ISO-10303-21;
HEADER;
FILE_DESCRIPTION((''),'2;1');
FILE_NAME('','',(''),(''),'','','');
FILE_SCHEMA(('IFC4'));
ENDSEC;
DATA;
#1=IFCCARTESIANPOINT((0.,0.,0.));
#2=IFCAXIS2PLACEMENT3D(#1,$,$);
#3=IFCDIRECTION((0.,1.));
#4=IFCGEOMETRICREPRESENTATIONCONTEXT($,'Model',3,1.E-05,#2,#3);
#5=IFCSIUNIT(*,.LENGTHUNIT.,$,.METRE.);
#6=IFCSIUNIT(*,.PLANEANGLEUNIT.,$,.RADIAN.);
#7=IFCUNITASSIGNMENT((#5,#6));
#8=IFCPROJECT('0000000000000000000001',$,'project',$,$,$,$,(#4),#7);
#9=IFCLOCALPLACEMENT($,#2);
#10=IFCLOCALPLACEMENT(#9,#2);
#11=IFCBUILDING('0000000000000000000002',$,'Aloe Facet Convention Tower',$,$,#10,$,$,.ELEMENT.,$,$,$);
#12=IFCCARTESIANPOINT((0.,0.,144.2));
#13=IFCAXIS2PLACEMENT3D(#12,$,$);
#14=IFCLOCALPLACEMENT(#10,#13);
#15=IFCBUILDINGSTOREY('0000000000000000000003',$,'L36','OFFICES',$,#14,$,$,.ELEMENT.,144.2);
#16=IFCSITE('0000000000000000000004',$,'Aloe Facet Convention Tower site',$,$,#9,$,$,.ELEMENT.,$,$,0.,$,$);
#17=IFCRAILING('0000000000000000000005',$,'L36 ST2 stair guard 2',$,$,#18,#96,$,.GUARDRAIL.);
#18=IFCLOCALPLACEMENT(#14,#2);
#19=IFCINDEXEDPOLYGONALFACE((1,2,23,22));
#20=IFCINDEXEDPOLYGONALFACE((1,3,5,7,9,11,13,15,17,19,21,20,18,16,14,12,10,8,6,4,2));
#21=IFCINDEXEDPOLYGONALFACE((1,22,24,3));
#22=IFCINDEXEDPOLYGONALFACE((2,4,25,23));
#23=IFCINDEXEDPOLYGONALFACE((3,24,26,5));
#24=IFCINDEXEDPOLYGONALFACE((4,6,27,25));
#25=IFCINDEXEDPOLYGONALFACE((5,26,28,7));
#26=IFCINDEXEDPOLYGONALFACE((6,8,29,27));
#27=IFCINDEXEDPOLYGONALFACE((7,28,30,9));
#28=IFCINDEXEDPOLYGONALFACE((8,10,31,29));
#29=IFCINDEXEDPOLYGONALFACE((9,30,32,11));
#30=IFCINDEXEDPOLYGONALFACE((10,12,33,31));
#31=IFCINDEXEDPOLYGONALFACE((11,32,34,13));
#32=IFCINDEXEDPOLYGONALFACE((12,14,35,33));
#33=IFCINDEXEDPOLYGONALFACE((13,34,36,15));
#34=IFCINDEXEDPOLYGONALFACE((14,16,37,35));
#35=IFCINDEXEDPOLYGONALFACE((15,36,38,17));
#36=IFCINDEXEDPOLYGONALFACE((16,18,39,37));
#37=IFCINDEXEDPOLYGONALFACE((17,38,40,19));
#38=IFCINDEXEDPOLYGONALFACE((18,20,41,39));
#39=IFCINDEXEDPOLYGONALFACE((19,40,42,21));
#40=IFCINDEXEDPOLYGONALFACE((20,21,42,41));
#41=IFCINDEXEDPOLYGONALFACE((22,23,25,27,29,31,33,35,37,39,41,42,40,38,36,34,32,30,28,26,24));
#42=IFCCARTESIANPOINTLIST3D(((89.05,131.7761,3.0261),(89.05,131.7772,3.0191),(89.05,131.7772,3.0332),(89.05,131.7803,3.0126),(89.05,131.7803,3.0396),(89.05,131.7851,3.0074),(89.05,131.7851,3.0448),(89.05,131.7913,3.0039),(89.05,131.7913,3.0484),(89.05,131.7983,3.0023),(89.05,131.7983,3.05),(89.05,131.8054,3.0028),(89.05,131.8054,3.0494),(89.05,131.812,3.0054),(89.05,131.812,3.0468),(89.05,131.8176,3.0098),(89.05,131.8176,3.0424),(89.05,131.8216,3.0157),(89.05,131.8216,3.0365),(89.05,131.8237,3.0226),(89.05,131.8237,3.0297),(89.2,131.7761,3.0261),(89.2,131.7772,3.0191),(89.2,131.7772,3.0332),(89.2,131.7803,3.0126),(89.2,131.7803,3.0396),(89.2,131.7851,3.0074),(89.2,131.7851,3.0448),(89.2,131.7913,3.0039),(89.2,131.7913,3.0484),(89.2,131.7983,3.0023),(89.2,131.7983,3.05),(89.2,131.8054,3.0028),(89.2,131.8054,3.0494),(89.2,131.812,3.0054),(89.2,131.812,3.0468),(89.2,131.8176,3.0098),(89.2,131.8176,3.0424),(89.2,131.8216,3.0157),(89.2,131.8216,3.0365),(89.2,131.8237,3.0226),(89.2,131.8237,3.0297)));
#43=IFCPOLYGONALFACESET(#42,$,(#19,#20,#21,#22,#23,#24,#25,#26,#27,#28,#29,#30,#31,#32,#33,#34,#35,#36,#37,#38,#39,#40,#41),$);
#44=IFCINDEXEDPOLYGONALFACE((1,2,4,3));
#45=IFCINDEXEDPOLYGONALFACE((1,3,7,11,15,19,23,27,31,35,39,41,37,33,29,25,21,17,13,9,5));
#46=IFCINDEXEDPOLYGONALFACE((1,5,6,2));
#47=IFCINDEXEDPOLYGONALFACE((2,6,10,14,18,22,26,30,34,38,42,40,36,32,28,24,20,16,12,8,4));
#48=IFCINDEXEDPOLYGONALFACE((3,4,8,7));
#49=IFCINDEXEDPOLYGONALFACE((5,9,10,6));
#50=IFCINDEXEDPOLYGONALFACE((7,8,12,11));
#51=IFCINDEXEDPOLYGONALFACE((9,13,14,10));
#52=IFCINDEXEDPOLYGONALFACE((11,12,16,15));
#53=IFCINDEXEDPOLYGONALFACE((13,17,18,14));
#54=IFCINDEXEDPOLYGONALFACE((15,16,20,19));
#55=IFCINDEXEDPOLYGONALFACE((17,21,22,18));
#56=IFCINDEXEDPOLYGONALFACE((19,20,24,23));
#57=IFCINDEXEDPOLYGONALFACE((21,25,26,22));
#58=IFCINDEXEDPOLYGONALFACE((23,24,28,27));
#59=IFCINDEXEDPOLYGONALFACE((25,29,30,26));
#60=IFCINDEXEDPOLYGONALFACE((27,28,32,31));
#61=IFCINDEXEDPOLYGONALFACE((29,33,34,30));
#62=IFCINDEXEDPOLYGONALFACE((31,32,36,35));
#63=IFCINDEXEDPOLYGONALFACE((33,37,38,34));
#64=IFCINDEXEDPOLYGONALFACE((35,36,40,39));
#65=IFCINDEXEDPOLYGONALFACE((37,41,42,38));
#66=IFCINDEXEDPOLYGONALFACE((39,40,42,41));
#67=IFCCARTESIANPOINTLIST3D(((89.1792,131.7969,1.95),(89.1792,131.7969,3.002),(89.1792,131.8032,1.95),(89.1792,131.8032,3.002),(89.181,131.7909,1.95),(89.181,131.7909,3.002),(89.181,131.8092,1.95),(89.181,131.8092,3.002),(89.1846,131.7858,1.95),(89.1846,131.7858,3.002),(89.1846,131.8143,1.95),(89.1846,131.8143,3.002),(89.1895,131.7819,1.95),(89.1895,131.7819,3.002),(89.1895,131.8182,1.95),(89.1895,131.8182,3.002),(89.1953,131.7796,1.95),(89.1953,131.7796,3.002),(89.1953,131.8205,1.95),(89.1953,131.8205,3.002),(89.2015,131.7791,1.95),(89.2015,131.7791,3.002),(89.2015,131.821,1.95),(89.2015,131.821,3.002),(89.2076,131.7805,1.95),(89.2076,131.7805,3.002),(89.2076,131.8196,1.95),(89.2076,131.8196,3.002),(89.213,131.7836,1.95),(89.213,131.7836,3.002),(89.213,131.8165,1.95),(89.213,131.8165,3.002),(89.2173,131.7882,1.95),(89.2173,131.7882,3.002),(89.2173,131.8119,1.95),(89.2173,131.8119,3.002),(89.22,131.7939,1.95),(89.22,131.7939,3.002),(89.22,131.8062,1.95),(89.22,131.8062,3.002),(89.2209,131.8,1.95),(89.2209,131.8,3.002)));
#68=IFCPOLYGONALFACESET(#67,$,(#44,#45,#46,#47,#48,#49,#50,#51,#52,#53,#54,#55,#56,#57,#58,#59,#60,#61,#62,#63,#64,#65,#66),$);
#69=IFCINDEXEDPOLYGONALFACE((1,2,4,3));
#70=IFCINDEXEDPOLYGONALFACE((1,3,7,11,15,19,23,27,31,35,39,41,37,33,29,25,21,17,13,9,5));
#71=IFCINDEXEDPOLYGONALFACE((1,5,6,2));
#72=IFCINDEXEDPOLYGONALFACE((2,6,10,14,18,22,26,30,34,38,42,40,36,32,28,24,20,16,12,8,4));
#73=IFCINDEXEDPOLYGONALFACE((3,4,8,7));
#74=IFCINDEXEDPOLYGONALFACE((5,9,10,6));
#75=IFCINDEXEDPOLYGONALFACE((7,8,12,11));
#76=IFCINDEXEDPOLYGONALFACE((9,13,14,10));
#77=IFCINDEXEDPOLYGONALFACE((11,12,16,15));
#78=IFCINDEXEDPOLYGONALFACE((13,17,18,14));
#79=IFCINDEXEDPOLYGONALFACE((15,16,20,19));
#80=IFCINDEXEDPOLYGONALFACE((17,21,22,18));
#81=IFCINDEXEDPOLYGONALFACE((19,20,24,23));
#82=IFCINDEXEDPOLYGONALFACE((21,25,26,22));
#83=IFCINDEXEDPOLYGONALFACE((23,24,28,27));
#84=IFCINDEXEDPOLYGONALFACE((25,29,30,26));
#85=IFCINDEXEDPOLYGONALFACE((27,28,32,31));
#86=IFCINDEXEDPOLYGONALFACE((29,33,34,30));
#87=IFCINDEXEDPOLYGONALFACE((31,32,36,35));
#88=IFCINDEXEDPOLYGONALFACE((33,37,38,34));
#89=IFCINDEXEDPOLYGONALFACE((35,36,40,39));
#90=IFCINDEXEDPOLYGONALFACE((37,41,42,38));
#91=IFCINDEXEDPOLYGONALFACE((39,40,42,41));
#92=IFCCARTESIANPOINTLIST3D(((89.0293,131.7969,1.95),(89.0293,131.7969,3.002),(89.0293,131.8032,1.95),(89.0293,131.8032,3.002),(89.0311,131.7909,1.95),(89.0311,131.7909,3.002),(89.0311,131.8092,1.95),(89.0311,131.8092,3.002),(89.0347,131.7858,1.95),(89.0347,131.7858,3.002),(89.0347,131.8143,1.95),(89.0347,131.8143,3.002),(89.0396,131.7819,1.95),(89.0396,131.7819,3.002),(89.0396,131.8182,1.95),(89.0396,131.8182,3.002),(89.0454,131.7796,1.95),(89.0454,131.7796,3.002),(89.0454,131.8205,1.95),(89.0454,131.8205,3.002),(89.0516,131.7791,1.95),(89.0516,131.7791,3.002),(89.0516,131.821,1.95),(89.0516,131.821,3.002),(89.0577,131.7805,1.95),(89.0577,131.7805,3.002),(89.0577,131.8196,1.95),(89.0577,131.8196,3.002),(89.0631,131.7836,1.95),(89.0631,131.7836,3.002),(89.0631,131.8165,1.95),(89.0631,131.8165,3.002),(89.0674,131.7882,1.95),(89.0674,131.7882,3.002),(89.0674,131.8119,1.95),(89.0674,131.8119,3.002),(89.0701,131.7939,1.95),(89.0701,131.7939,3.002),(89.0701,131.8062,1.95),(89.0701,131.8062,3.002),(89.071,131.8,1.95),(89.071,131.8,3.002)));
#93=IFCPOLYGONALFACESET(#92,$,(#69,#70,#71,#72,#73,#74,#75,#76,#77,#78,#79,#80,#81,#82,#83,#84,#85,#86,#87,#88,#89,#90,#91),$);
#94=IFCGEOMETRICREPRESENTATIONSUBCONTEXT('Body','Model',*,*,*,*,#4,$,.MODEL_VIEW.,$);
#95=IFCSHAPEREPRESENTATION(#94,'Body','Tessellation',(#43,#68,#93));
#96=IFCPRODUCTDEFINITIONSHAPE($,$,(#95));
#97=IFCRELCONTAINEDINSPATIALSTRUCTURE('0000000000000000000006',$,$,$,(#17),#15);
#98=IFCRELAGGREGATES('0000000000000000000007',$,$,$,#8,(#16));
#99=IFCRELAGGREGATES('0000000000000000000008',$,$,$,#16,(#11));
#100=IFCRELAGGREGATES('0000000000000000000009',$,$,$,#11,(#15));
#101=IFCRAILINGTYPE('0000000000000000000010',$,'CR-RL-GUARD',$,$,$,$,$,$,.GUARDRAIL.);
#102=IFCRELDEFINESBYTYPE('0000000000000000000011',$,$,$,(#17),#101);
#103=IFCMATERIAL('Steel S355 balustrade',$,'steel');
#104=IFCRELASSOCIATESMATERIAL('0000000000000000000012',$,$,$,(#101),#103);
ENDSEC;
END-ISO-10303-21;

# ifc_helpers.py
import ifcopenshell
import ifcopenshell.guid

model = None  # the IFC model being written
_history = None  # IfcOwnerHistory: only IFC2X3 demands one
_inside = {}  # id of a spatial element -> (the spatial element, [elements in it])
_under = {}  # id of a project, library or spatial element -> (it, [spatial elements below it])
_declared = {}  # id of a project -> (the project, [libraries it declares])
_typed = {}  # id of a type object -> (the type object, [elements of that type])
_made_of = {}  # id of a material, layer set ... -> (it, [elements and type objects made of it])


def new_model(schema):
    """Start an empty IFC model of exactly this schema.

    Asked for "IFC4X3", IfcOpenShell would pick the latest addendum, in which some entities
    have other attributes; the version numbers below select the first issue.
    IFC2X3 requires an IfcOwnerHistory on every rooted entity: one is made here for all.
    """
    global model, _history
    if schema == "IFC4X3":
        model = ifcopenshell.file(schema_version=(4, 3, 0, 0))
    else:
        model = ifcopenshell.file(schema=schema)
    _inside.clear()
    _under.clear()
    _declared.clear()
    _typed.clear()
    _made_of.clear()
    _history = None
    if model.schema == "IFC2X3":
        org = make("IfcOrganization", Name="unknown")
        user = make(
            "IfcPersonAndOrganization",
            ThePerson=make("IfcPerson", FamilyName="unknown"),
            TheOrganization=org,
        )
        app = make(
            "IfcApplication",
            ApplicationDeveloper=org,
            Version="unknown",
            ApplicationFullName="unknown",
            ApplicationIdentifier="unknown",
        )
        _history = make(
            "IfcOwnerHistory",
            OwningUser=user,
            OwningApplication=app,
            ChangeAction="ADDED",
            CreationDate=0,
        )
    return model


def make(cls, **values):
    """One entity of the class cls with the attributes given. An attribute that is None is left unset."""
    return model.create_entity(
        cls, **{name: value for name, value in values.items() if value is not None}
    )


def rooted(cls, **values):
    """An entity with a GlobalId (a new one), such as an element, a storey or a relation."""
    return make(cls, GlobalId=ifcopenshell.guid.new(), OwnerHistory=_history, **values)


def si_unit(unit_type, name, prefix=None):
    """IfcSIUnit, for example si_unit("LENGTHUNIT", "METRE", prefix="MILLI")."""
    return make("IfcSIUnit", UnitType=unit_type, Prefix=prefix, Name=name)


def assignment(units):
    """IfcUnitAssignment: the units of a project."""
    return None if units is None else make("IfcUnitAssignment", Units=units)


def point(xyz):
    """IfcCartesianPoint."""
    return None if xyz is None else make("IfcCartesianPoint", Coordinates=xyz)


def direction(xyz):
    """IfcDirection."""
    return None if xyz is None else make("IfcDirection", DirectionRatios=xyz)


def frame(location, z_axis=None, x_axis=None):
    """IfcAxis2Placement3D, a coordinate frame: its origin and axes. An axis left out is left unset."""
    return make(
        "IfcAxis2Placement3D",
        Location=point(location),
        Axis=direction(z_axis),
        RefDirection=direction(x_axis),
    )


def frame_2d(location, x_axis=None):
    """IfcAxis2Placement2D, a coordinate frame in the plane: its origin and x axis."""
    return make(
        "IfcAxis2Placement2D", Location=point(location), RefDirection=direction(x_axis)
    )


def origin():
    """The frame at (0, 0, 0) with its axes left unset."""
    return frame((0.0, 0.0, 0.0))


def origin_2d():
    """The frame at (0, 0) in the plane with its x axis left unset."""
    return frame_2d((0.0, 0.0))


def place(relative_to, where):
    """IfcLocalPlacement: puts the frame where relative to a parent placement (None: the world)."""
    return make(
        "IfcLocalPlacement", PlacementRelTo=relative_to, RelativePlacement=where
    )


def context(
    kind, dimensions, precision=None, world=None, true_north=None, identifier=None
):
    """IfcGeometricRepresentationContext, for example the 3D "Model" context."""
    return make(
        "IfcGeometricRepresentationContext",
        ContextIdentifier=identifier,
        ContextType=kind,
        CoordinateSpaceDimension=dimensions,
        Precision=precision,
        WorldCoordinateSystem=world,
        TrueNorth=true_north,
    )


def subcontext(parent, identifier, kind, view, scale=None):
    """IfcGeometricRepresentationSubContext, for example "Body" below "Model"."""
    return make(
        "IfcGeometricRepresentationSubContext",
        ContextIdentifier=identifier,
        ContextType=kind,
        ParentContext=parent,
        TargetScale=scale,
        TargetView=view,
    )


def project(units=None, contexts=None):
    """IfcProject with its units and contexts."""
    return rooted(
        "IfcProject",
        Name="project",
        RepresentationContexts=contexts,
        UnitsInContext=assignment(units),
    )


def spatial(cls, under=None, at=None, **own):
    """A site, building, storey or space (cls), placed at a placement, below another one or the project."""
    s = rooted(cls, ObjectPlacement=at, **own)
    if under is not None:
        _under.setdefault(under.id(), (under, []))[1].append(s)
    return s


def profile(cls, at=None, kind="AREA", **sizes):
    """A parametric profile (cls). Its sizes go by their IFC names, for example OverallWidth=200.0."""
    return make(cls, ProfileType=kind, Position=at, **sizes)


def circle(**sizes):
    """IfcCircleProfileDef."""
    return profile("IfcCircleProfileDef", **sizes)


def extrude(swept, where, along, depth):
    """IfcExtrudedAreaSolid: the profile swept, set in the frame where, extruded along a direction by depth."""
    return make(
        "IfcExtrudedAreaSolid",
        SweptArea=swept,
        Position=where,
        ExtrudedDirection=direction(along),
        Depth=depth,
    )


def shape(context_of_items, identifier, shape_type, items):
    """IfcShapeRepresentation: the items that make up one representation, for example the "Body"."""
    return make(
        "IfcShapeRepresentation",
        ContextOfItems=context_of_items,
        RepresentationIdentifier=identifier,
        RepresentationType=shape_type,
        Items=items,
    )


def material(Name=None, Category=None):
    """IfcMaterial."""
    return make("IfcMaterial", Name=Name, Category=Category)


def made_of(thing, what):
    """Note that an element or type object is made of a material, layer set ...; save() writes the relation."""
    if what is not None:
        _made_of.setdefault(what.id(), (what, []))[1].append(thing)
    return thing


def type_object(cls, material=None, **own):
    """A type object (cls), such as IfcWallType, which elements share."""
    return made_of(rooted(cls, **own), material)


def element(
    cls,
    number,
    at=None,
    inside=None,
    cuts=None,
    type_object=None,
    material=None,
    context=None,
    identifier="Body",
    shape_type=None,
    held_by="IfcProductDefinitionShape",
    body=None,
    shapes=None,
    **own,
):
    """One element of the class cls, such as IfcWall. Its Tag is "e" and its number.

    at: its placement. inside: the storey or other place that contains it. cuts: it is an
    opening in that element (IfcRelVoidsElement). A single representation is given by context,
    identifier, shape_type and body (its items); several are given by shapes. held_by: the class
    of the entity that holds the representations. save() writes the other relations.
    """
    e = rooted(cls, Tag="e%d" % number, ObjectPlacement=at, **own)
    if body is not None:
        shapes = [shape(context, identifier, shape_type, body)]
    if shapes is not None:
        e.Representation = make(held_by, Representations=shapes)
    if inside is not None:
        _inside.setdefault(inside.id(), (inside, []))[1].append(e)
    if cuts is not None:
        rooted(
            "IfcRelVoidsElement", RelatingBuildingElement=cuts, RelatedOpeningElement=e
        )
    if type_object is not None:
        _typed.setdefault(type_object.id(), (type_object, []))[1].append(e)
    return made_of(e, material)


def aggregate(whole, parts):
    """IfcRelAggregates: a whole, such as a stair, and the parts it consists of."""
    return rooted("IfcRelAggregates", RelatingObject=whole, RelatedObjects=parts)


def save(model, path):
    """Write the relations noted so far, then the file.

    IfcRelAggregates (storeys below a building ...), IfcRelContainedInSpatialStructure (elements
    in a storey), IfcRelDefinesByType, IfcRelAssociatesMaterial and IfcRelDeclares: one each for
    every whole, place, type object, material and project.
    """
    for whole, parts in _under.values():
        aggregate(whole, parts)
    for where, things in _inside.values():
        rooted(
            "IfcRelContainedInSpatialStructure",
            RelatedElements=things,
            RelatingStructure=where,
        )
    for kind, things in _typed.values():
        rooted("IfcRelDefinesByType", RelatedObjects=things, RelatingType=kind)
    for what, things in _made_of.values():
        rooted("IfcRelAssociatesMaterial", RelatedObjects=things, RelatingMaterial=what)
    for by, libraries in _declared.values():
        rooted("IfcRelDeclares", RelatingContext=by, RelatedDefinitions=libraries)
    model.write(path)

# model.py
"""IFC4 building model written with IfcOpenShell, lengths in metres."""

from ifc_helpers import new_model, si_unit, direction, frame, origin, origin_2d, place, context, subcontext, project, spatial, circle, extrude, material, type_object, element, save


model = new_model("IFC4")

# Units and contexts
model_context = context("Model", 3, precision=1e-05, world=origin(), true_north=direction((0.0, 1.0)))
body_context = subcontext(model_context, "Body", "Model", "MODEL_VIEW")
ifc_project = project(units=[si_unit("LENGTHUNIT", "METRE"), si_unit("PLANEANGLEUNIT", "RADIAN")], contexts=[model_context])

# Site, building, storey
site_placement = place(None, origin())
site = spatial("IfcSite", under=ifc_project, at=site_placement, Name="Aloe Facet Convention Tower site", CompositionType="ELEMENT", RefElevation=0.0)
building_placement = place(site_placement, origin())
building = spatial("IfcBuilding", under=site, at=building_placement, Name="Aloe Facet Convention Tower", CompositionType="ELEMENT")
storey_placement = place(building_placement, frame((0.0, 0.0, 144.2)))
storey = spatial("IfcBuildingStorey", under=building, at=storey_placement, Name="L36", Description="OFFICES", CompositionType="ELEMENT", Elevation=144.2)

# Railing
ifc_material_1 = material(Name="Steel S355 balustrade", Category="steel")
railing_type_1 = type_object("IfcRailingType", Name="CR-RL-GUARD", PredefinedType="GUARDRAIL", material=ifc_material_1)
railing_1_placement = place(storey_placement, frame((89.2, 131.8, 1.95)))
element("IfcRailing", 1, at=railing_1_placement, inside=storey, type_object=railing_type_1, Name="L36 ST2 stair guard 2", PredefinedType="GUARDRAIL", context=body_context, shape_type="SweptSolid", body=[
    extrude(circle(Radius=0.0239, at=origin_2d()), frame((0.0, 0.0, 1.0762), z_axis=(-1.0, 0.0, 0.0), x_axis=(0.0, -1.0, 0.0)), (0.0, 0.0, 1.0), 0.1499),
    extrude(circle(Radius=0.021, at=origin_2d()), origin(), (0.0, 0.0, 1.0), 1.052),
    extrude(circle(Radius=0.021, at=origin_2d()), frame((-0.1499, 0.0, 0.0)), (0.0, 0.0, 1.0), 1.052),
])

save(model, "model.ifc")
